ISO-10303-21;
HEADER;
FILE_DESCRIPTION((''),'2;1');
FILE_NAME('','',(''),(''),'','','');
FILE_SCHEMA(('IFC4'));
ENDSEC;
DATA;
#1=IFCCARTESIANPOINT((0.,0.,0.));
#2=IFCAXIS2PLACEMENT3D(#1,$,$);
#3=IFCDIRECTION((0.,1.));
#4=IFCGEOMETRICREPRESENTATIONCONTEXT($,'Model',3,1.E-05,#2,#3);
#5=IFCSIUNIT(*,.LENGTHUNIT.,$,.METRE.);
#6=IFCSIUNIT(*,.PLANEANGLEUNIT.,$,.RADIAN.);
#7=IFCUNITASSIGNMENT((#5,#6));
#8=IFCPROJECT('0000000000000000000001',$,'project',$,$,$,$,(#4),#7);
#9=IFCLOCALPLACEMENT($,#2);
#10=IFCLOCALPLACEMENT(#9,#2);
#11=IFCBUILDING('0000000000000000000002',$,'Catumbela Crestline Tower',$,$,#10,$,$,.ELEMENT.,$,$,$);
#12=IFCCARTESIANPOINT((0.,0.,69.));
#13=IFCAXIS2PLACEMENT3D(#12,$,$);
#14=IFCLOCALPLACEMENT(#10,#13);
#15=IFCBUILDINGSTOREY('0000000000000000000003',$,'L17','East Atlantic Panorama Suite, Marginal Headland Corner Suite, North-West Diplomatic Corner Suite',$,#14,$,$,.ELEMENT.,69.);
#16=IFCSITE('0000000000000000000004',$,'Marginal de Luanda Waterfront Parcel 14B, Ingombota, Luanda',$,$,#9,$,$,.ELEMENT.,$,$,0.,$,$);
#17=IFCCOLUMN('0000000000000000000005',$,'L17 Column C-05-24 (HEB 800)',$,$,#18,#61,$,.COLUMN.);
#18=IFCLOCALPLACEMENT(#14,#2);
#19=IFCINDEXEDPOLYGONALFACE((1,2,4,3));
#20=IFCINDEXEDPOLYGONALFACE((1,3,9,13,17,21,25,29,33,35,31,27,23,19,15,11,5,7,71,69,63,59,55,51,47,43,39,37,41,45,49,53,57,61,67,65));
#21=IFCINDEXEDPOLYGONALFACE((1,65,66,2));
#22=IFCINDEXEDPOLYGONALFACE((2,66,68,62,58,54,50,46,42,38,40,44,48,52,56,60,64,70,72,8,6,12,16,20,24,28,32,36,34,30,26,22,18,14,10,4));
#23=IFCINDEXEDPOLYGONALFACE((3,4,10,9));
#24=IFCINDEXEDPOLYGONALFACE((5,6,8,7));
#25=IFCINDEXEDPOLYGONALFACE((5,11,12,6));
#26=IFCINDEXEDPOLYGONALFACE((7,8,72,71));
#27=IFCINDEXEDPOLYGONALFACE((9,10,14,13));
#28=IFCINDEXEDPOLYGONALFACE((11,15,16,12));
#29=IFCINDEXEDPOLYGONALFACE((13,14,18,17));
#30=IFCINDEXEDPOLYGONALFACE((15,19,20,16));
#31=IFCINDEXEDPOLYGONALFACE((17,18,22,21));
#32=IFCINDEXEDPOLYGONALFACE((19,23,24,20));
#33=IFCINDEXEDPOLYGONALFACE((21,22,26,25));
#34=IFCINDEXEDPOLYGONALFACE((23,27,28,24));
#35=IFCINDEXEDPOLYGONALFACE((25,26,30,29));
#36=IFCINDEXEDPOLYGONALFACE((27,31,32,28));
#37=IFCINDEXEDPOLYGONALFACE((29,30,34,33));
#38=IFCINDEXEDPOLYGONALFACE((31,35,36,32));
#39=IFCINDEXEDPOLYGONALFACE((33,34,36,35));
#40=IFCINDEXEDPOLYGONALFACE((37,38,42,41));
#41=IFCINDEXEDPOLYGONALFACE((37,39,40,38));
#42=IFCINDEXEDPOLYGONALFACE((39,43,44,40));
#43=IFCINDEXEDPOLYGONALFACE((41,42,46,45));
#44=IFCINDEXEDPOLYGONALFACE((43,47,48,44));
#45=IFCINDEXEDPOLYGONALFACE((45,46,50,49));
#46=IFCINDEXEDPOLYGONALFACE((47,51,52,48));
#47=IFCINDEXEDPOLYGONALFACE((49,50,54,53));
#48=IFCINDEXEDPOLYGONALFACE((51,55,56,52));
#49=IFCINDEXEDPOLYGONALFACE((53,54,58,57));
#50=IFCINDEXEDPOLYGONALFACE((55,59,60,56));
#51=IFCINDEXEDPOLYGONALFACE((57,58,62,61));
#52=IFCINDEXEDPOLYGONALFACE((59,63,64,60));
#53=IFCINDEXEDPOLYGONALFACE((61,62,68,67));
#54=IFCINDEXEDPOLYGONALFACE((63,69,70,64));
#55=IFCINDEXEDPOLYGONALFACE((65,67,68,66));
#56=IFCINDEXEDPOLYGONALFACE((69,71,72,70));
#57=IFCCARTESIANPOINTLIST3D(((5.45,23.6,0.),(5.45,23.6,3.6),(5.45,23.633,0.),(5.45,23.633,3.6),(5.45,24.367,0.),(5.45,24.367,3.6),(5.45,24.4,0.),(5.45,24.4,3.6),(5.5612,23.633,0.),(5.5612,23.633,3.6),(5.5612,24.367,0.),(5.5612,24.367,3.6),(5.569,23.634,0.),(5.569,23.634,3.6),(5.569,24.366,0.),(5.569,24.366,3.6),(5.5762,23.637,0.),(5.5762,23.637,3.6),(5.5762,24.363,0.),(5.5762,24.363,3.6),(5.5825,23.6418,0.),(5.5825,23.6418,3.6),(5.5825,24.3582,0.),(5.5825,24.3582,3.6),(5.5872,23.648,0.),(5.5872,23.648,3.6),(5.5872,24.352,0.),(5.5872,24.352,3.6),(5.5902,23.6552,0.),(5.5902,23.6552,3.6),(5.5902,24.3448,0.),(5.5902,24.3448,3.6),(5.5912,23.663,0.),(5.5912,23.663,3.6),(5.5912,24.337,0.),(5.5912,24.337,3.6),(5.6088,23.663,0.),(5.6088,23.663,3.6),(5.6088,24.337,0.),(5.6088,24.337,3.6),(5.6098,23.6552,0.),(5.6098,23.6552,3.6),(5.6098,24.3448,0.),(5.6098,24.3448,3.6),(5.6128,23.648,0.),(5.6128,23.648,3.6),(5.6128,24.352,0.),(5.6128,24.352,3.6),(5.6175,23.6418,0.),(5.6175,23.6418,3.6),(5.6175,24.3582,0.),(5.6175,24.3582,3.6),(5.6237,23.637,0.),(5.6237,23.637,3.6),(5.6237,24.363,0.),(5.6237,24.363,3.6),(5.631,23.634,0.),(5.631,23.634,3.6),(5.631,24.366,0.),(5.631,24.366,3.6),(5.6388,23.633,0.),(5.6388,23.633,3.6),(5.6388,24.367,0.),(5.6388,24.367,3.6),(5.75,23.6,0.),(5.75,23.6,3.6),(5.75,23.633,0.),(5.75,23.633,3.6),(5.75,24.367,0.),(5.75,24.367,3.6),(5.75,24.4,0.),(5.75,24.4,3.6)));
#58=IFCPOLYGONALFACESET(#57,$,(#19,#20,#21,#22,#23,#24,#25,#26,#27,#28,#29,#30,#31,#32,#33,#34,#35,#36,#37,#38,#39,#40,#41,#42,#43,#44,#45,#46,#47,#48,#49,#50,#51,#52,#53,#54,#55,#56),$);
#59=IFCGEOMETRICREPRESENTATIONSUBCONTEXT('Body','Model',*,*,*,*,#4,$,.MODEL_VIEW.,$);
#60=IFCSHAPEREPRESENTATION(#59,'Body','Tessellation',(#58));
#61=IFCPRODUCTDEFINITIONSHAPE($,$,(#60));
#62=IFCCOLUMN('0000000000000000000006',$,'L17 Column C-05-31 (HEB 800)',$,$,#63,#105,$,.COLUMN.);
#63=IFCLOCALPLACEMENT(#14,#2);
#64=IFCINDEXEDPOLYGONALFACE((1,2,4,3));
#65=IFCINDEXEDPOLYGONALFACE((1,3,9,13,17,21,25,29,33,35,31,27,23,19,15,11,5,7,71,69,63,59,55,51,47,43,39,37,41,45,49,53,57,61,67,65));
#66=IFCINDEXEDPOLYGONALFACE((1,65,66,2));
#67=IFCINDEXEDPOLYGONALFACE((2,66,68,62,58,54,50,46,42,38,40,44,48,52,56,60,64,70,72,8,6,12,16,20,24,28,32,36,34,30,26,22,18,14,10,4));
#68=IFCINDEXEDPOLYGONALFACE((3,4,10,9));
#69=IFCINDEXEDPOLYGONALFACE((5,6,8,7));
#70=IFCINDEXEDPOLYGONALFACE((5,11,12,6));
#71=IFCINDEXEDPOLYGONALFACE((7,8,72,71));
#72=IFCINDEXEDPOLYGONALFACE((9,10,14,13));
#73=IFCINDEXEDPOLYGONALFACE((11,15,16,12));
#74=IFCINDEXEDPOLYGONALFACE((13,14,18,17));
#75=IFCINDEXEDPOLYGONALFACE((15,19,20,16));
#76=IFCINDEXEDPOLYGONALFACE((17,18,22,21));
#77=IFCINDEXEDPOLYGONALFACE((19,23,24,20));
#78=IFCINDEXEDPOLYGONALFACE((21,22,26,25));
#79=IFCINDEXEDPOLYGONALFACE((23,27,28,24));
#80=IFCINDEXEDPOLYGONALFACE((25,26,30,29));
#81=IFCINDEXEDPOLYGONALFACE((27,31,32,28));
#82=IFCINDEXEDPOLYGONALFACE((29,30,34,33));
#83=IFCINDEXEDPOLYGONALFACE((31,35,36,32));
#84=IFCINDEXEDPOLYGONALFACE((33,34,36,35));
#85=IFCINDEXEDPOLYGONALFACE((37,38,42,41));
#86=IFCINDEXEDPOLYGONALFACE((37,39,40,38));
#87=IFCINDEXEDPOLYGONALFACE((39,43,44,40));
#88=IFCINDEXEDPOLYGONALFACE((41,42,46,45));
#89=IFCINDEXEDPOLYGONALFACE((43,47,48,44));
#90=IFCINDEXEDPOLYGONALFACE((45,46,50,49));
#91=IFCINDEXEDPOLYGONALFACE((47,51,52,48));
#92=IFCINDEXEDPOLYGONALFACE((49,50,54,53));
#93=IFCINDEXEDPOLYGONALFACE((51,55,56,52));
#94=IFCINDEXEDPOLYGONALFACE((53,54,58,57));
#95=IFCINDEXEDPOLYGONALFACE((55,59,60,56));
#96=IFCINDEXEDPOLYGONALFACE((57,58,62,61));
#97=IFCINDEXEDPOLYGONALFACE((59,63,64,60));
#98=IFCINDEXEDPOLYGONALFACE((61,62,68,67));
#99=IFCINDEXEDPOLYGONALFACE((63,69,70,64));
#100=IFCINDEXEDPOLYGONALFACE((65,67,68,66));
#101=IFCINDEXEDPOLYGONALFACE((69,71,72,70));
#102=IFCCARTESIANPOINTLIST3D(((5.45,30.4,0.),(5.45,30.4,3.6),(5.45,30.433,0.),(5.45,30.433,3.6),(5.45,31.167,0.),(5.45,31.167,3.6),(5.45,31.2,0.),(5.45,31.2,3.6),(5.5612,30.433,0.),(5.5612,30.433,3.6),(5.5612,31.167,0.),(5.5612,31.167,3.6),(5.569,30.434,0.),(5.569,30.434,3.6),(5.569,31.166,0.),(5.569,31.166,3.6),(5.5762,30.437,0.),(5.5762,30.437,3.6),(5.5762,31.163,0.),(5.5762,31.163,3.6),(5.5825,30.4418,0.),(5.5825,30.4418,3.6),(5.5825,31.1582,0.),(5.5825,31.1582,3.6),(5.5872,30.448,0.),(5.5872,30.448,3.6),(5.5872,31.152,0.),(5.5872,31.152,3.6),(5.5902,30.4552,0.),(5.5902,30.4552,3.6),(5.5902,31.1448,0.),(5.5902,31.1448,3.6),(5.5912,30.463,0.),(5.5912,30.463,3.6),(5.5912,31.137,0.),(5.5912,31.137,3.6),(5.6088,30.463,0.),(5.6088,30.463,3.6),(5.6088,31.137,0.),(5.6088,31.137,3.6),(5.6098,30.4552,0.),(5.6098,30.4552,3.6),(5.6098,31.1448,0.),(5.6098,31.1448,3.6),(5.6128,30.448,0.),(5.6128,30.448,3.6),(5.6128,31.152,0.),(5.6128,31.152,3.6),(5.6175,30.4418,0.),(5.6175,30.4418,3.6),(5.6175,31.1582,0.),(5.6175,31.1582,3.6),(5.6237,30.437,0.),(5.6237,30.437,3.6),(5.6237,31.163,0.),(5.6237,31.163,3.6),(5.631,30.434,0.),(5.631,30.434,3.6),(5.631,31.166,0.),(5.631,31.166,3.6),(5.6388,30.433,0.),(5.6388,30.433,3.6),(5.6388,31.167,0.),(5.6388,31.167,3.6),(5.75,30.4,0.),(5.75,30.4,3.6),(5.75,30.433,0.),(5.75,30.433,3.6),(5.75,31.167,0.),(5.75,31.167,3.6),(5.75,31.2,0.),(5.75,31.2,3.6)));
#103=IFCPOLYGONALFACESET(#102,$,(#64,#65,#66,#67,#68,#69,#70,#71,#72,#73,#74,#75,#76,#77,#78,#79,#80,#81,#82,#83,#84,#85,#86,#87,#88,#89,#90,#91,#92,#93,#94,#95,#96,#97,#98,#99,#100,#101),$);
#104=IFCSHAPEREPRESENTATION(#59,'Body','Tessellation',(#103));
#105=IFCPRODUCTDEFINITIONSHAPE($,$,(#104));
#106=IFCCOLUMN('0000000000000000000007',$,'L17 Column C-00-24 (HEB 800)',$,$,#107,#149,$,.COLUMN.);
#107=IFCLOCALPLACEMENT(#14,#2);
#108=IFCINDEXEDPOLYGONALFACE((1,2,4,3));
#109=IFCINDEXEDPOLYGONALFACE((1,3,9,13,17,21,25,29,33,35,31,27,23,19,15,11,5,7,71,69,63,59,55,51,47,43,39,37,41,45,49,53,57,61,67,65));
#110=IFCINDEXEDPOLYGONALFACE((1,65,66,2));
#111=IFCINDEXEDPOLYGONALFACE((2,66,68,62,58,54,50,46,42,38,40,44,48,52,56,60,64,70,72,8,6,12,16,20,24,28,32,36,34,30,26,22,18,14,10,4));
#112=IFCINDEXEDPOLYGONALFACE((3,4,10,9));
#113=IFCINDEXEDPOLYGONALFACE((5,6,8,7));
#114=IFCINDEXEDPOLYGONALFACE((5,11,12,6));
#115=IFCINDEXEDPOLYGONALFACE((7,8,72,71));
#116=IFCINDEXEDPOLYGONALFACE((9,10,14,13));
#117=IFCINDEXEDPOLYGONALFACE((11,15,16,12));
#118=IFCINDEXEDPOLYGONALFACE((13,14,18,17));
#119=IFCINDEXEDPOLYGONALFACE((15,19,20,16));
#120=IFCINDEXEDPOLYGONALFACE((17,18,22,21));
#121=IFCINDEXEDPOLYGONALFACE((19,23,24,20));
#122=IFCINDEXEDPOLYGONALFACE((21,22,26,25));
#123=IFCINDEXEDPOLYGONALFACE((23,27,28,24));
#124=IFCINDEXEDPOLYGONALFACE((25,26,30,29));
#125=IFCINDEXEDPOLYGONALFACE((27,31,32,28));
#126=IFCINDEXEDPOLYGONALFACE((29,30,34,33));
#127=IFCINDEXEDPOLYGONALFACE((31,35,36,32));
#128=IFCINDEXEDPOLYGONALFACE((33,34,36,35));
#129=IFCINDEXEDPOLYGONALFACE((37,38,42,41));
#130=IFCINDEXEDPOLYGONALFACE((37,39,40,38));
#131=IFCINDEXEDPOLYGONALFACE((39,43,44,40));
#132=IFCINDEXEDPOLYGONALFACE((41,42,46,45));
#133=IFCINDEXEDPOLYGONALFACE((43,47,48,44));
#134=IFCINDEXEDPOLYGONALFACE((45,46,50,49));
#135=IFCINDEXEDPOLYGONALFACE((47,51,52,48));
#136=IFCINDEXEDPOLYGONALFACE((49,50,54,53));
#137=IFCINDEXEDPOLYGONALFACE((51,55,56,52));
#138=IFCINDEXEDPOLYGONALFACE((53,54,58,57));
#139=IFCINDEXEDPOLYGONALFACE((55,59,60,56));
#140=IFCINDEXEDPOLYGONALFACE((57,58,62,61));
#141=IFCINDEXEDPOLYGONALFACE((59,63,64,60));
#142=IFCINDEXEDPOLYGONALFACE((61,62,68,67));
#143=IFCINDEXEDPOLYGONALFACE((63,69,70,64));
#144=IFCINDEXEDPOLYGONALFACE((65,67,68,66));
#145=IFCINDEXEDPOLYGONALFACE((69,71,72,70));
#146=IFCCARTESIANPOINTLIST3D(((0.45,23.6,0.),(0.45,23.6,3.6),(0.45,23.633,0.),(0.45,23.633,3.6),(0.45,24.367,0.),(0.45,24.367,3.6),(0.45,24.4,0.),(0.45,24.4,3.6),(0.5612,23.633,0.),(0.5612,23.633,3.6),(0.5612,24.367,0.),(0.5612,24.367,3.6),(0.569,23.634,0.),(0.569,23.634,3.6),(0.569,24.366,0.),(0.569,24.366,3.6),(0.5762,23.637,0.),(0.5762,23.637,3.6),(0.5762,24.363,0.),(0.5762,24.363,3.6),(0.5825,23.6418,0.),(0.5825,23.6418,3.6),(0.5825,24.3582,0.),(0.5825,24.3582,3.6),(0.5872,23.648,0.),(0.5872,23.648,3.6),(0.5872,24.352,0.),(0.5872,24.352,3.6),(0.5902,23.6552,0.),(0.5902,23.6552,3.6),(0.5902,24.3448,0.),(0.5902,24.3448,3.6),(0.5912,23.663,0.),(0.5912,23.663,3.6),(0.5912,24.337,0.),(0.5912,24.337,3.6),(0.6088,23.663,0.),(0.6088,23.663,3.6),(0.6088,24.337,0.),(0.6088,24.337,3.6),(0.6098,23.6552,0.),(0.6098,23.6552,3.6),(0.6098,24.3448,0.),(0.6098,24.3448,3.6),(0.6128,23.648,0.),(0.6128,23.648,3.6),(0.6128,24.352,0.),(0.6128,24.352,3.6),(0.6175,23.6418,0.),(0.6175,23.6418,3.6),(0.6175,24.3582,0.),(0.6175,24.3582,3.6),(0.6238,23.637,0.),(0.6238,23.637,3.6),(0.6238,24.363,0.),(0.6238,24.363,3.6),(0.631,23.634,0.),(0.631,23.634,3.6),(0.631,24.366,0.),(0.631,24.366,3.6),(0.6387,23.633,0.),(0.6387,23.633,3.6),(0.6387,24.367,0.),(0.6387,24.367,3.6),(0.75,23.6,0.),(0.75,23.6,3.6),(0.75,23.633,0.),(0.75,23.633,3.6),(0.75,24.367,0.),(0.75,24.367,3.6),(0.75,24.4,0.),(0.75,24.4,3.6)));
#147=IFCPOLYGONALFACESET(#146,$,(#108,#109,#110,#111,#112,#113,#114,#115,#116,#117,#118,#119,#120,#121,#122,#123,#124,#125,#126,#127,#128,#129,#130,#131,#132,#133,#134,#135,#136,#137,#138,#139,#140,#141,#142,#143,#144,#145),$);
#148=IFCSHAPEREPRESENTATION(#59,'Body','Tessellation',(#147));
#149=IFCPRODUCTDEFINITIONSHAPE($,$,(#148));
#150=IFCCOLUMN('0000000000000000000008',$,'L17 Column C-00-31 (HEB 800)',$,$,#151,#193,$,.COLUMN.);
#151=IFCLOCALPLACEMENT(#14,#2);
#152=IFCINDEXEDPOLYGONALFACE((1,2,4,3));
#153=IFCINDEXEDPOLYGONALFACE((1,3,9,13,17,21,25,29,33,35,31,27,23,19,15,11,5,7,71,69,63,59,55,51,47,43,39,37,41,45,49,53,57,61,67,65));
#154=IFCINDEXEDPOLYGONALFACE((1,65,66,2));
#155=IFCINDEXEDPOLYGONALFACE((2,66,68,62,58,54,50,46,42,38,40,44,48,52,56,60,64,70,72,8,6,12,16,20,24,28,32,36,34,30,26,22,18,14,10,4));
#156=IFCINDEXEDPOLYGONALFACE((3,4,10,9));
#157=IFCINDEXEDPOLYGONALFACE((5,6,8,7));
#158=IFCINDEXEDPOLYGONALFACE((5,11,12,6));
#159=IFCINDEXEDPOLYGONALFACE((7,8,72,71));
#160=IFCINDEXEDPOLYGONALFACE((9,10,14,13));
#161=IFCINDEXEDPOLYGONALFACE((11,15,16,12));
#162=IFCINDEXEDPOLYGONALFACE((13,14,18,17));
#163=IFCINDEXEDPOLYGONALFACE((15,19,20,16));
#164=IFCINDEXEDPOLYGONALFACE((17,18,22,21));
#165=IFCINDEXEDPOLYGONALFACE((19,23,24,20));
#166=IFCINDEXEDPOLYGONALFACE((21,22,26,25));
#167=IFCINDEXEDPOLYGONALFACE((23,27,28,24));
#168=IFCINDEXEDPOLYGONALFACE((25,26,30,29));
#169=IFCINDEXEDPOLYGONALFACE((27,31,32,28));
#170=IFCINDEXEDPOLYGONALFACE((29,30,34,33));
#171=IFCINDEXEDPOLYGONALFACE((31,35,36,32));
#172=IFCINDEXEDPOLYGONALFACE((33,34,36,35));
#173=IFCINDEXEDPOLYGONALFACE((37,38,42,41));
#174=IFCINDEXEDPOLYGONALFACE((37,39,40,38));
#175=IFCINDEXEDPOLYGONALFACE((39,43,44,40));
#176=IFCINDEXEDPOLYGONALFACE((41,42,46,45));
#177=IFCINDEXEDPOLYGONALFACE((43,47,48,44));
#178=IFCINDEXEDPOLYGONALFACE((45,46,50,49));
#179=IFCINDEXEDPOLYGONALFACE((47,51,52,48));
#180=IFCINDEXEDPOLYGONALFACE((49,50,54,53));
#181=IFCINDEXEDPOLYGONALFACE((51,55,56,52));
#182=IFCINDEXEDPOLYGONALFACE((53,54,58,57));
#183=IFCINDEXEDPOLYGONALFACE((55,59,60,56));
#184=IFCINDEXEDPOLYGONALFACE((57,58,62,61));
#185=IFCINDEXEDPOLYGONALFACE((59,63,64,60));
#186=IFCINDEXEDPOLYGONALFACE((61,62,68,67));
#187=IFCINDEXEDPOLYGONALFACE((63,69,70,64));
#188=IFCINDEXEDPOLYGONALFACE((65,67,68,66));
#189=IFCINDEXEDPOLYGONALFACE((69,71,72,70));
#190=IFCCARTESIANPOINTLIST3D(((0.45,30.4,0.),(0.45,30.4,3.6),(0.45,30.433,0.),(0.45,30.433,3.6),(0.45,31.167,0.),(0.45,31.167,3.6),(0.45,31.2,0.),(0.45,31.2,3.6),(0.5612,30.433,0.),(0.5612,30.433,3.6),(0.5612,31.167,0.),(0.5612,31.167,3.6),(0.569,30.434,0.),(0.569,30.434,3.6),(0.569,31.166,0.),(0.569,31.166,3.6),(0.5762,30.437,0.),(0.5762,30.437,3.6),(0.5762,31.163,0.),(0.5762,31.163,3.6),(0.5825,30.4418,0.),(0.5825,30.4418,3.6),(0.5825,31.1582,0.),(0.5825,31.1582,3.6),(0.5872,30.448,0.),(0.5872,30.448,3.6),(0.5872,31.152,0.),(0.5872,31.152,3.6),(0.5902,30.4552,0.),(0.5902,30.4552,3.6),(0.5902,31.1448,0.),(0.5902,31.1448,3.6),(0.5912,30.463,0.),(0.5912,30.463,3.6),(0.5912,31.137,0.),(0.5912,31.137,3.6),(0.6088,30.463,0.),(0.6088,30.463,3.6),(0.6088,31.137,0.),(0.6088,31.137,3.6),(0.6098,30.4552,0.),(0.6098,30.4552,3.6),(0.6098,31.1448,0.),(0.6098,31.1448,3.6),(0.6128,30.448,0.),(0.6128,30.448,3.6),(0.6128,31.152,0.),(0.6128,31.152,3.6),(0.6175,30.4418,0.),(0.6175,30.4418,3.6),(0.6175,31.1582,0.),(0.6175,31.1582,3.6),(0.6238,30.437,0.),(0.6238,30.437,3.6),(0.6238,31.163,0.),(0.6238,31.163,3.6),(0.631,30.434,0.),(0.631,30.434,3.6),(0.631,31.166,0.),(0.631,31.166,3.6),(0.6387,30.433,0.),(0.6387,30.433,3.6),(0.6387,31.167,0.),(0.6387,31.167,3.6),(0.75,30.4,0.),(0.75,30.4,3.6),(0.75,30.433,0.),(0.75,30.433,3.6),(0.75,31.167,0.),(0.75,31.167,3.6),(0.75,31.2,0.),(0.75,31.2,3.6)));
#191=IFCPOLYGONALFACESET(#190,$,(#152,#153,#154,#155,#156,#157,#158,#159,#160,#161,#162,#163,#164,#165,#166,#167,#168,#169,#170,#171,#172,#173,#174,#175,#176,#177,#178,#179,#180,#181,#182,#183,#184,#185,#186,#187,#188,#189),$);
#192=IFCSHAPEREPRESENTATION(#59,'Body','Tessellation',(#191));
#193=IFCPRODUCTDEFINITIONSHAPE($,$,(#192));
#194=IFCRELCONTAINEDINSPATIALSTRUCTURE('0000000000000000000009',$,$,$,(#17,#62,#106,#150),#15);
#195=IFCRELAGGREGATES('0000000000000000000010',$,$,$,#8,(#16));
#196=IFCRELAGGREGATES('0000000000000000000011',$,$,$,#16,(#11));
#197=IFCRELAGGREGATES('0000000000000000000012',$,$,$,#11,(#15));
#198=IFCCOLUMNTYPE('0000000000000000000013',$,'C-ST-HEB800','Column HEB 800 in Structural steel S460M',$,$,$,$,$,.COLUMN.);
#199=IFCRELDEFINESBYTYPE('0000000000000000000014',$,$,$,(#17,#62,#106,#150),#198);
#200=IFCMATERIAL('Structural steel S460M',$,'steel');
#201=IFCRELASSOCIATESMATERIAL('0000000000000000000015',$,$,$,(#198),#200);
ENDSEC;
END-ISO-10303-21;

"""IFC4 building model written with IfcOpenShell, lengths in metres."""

from ifc_helpers import new_model, si_unit, direction, frame, origin, origin_2d, place, context, subcontext, project, spatial, i_section, extrude, material, material_profile, profile_set, type_object, element, save


model = new_model("IFC4")

# Units and contexts
model_context = context("Model", 3, precision=1e-05, world=origin(), true_north=direction((0.0, 1.0)))
body_context = subcontext(model_context, "Body", "Model", "MODEL_VIEW")
ifc_project = project(units=[si_unit("LENGTHUNIT", "METRE"), si_unit("PLANEANGLEUNIT", "RADIAN")], contexts=[model_context])

# Site, building, storey
site_placement = place(None, origin())
site = spatial("IfcSite", under=ifc_project, at=site_placement, Name="Marginal de Luanda Waterfront Parcel 14B, Ingombota, Luanda", CompositionType="ELEMENT", RefElevation=0.0)
building_placement = place(site_placement, origin())
building = spatial("IfcBuilding", under=site, at=building_placement, Name="Catumbela Crestline Tower", CompositionType="ELEMENT")
storey_placement = place(building_placement, frame((0.0, 0.0, 69.0)))
storey = spatial("IfcBuildingStorey", under=building, at=storey_placement, Name="L17", Description="East Atlantic Panorama Suite, Marginal Headland Corner Suite, North-West Diplomatic Corner Suite", CompositionType="ELEMENT", Elevation=69.0)

# Columns
ifc_material_1 = material(Name="Structural steel S460M", Category="steel")
ifc_material_profile_1 = material_profile(ifc_material_1, i_section(OverallWidth=0.3, OverallDepth=0.8, WebThickness=0.0175, FlangeThickness=0.033, FilletRadius=0.03, at=origin_2d()), Name="HEB 800")
ifc_profile_set_1 = profile_set([ifc_material_profile_1], Name="Structural steel S460M")
column_type = type_object("IfcColumnType", Name="C-ST-HEB800", Description="Column HEB 800 in Structural steel S460M", PredefinedType="COLUMN", material=ifc_profile_set_1)
for number, where, z_axis, x_axis, name in (
    (1, (5.6, 24.0, 0.0), (0.0, 0.0, 1.0), (1.0, 0.0, 0.0), "L17 Column C-05-24 (HEB 800)"),
    (2, (5.6, 30.8, 0.0), (0.0, 0.0, 1.0), (1.0, 0.0, 0.0), "L17 Column C-05-31 (HEB 800)"),
    (3, (0.6, 24.0, 0.0), (0.0, 0.0, 1.0), (1.0, 0.0, 0.0), "L17 Column C-00-24 (HEB 800)"),
    (4, (0.6, 30.8, 0.0), (0.0, 0.0, 1.0), (1.0, 0.0, 0.0), "L17 Column C-00-31 (HEB 800)"),
):
    element("IfcColumn", number, at=place(storey_placement, frame(where, z_axis=z_axis, x_axis=x_axis)), inside=storey, type_object=column_type, Name=name, PredefinedType="COLUMN", context=body_context, shape_type="SweptSolid", body=[
        extrude(i_section(OverallWidth=0.3, OverallDepth=0.8, WebThickness=0.0175, FlangeThickness=0.033, FilletRadius=0.03, at=origin_2d()), origin(), (0.0, 0.0, 1.0), 3.6),
    ])

save(model, "model.ifc")
